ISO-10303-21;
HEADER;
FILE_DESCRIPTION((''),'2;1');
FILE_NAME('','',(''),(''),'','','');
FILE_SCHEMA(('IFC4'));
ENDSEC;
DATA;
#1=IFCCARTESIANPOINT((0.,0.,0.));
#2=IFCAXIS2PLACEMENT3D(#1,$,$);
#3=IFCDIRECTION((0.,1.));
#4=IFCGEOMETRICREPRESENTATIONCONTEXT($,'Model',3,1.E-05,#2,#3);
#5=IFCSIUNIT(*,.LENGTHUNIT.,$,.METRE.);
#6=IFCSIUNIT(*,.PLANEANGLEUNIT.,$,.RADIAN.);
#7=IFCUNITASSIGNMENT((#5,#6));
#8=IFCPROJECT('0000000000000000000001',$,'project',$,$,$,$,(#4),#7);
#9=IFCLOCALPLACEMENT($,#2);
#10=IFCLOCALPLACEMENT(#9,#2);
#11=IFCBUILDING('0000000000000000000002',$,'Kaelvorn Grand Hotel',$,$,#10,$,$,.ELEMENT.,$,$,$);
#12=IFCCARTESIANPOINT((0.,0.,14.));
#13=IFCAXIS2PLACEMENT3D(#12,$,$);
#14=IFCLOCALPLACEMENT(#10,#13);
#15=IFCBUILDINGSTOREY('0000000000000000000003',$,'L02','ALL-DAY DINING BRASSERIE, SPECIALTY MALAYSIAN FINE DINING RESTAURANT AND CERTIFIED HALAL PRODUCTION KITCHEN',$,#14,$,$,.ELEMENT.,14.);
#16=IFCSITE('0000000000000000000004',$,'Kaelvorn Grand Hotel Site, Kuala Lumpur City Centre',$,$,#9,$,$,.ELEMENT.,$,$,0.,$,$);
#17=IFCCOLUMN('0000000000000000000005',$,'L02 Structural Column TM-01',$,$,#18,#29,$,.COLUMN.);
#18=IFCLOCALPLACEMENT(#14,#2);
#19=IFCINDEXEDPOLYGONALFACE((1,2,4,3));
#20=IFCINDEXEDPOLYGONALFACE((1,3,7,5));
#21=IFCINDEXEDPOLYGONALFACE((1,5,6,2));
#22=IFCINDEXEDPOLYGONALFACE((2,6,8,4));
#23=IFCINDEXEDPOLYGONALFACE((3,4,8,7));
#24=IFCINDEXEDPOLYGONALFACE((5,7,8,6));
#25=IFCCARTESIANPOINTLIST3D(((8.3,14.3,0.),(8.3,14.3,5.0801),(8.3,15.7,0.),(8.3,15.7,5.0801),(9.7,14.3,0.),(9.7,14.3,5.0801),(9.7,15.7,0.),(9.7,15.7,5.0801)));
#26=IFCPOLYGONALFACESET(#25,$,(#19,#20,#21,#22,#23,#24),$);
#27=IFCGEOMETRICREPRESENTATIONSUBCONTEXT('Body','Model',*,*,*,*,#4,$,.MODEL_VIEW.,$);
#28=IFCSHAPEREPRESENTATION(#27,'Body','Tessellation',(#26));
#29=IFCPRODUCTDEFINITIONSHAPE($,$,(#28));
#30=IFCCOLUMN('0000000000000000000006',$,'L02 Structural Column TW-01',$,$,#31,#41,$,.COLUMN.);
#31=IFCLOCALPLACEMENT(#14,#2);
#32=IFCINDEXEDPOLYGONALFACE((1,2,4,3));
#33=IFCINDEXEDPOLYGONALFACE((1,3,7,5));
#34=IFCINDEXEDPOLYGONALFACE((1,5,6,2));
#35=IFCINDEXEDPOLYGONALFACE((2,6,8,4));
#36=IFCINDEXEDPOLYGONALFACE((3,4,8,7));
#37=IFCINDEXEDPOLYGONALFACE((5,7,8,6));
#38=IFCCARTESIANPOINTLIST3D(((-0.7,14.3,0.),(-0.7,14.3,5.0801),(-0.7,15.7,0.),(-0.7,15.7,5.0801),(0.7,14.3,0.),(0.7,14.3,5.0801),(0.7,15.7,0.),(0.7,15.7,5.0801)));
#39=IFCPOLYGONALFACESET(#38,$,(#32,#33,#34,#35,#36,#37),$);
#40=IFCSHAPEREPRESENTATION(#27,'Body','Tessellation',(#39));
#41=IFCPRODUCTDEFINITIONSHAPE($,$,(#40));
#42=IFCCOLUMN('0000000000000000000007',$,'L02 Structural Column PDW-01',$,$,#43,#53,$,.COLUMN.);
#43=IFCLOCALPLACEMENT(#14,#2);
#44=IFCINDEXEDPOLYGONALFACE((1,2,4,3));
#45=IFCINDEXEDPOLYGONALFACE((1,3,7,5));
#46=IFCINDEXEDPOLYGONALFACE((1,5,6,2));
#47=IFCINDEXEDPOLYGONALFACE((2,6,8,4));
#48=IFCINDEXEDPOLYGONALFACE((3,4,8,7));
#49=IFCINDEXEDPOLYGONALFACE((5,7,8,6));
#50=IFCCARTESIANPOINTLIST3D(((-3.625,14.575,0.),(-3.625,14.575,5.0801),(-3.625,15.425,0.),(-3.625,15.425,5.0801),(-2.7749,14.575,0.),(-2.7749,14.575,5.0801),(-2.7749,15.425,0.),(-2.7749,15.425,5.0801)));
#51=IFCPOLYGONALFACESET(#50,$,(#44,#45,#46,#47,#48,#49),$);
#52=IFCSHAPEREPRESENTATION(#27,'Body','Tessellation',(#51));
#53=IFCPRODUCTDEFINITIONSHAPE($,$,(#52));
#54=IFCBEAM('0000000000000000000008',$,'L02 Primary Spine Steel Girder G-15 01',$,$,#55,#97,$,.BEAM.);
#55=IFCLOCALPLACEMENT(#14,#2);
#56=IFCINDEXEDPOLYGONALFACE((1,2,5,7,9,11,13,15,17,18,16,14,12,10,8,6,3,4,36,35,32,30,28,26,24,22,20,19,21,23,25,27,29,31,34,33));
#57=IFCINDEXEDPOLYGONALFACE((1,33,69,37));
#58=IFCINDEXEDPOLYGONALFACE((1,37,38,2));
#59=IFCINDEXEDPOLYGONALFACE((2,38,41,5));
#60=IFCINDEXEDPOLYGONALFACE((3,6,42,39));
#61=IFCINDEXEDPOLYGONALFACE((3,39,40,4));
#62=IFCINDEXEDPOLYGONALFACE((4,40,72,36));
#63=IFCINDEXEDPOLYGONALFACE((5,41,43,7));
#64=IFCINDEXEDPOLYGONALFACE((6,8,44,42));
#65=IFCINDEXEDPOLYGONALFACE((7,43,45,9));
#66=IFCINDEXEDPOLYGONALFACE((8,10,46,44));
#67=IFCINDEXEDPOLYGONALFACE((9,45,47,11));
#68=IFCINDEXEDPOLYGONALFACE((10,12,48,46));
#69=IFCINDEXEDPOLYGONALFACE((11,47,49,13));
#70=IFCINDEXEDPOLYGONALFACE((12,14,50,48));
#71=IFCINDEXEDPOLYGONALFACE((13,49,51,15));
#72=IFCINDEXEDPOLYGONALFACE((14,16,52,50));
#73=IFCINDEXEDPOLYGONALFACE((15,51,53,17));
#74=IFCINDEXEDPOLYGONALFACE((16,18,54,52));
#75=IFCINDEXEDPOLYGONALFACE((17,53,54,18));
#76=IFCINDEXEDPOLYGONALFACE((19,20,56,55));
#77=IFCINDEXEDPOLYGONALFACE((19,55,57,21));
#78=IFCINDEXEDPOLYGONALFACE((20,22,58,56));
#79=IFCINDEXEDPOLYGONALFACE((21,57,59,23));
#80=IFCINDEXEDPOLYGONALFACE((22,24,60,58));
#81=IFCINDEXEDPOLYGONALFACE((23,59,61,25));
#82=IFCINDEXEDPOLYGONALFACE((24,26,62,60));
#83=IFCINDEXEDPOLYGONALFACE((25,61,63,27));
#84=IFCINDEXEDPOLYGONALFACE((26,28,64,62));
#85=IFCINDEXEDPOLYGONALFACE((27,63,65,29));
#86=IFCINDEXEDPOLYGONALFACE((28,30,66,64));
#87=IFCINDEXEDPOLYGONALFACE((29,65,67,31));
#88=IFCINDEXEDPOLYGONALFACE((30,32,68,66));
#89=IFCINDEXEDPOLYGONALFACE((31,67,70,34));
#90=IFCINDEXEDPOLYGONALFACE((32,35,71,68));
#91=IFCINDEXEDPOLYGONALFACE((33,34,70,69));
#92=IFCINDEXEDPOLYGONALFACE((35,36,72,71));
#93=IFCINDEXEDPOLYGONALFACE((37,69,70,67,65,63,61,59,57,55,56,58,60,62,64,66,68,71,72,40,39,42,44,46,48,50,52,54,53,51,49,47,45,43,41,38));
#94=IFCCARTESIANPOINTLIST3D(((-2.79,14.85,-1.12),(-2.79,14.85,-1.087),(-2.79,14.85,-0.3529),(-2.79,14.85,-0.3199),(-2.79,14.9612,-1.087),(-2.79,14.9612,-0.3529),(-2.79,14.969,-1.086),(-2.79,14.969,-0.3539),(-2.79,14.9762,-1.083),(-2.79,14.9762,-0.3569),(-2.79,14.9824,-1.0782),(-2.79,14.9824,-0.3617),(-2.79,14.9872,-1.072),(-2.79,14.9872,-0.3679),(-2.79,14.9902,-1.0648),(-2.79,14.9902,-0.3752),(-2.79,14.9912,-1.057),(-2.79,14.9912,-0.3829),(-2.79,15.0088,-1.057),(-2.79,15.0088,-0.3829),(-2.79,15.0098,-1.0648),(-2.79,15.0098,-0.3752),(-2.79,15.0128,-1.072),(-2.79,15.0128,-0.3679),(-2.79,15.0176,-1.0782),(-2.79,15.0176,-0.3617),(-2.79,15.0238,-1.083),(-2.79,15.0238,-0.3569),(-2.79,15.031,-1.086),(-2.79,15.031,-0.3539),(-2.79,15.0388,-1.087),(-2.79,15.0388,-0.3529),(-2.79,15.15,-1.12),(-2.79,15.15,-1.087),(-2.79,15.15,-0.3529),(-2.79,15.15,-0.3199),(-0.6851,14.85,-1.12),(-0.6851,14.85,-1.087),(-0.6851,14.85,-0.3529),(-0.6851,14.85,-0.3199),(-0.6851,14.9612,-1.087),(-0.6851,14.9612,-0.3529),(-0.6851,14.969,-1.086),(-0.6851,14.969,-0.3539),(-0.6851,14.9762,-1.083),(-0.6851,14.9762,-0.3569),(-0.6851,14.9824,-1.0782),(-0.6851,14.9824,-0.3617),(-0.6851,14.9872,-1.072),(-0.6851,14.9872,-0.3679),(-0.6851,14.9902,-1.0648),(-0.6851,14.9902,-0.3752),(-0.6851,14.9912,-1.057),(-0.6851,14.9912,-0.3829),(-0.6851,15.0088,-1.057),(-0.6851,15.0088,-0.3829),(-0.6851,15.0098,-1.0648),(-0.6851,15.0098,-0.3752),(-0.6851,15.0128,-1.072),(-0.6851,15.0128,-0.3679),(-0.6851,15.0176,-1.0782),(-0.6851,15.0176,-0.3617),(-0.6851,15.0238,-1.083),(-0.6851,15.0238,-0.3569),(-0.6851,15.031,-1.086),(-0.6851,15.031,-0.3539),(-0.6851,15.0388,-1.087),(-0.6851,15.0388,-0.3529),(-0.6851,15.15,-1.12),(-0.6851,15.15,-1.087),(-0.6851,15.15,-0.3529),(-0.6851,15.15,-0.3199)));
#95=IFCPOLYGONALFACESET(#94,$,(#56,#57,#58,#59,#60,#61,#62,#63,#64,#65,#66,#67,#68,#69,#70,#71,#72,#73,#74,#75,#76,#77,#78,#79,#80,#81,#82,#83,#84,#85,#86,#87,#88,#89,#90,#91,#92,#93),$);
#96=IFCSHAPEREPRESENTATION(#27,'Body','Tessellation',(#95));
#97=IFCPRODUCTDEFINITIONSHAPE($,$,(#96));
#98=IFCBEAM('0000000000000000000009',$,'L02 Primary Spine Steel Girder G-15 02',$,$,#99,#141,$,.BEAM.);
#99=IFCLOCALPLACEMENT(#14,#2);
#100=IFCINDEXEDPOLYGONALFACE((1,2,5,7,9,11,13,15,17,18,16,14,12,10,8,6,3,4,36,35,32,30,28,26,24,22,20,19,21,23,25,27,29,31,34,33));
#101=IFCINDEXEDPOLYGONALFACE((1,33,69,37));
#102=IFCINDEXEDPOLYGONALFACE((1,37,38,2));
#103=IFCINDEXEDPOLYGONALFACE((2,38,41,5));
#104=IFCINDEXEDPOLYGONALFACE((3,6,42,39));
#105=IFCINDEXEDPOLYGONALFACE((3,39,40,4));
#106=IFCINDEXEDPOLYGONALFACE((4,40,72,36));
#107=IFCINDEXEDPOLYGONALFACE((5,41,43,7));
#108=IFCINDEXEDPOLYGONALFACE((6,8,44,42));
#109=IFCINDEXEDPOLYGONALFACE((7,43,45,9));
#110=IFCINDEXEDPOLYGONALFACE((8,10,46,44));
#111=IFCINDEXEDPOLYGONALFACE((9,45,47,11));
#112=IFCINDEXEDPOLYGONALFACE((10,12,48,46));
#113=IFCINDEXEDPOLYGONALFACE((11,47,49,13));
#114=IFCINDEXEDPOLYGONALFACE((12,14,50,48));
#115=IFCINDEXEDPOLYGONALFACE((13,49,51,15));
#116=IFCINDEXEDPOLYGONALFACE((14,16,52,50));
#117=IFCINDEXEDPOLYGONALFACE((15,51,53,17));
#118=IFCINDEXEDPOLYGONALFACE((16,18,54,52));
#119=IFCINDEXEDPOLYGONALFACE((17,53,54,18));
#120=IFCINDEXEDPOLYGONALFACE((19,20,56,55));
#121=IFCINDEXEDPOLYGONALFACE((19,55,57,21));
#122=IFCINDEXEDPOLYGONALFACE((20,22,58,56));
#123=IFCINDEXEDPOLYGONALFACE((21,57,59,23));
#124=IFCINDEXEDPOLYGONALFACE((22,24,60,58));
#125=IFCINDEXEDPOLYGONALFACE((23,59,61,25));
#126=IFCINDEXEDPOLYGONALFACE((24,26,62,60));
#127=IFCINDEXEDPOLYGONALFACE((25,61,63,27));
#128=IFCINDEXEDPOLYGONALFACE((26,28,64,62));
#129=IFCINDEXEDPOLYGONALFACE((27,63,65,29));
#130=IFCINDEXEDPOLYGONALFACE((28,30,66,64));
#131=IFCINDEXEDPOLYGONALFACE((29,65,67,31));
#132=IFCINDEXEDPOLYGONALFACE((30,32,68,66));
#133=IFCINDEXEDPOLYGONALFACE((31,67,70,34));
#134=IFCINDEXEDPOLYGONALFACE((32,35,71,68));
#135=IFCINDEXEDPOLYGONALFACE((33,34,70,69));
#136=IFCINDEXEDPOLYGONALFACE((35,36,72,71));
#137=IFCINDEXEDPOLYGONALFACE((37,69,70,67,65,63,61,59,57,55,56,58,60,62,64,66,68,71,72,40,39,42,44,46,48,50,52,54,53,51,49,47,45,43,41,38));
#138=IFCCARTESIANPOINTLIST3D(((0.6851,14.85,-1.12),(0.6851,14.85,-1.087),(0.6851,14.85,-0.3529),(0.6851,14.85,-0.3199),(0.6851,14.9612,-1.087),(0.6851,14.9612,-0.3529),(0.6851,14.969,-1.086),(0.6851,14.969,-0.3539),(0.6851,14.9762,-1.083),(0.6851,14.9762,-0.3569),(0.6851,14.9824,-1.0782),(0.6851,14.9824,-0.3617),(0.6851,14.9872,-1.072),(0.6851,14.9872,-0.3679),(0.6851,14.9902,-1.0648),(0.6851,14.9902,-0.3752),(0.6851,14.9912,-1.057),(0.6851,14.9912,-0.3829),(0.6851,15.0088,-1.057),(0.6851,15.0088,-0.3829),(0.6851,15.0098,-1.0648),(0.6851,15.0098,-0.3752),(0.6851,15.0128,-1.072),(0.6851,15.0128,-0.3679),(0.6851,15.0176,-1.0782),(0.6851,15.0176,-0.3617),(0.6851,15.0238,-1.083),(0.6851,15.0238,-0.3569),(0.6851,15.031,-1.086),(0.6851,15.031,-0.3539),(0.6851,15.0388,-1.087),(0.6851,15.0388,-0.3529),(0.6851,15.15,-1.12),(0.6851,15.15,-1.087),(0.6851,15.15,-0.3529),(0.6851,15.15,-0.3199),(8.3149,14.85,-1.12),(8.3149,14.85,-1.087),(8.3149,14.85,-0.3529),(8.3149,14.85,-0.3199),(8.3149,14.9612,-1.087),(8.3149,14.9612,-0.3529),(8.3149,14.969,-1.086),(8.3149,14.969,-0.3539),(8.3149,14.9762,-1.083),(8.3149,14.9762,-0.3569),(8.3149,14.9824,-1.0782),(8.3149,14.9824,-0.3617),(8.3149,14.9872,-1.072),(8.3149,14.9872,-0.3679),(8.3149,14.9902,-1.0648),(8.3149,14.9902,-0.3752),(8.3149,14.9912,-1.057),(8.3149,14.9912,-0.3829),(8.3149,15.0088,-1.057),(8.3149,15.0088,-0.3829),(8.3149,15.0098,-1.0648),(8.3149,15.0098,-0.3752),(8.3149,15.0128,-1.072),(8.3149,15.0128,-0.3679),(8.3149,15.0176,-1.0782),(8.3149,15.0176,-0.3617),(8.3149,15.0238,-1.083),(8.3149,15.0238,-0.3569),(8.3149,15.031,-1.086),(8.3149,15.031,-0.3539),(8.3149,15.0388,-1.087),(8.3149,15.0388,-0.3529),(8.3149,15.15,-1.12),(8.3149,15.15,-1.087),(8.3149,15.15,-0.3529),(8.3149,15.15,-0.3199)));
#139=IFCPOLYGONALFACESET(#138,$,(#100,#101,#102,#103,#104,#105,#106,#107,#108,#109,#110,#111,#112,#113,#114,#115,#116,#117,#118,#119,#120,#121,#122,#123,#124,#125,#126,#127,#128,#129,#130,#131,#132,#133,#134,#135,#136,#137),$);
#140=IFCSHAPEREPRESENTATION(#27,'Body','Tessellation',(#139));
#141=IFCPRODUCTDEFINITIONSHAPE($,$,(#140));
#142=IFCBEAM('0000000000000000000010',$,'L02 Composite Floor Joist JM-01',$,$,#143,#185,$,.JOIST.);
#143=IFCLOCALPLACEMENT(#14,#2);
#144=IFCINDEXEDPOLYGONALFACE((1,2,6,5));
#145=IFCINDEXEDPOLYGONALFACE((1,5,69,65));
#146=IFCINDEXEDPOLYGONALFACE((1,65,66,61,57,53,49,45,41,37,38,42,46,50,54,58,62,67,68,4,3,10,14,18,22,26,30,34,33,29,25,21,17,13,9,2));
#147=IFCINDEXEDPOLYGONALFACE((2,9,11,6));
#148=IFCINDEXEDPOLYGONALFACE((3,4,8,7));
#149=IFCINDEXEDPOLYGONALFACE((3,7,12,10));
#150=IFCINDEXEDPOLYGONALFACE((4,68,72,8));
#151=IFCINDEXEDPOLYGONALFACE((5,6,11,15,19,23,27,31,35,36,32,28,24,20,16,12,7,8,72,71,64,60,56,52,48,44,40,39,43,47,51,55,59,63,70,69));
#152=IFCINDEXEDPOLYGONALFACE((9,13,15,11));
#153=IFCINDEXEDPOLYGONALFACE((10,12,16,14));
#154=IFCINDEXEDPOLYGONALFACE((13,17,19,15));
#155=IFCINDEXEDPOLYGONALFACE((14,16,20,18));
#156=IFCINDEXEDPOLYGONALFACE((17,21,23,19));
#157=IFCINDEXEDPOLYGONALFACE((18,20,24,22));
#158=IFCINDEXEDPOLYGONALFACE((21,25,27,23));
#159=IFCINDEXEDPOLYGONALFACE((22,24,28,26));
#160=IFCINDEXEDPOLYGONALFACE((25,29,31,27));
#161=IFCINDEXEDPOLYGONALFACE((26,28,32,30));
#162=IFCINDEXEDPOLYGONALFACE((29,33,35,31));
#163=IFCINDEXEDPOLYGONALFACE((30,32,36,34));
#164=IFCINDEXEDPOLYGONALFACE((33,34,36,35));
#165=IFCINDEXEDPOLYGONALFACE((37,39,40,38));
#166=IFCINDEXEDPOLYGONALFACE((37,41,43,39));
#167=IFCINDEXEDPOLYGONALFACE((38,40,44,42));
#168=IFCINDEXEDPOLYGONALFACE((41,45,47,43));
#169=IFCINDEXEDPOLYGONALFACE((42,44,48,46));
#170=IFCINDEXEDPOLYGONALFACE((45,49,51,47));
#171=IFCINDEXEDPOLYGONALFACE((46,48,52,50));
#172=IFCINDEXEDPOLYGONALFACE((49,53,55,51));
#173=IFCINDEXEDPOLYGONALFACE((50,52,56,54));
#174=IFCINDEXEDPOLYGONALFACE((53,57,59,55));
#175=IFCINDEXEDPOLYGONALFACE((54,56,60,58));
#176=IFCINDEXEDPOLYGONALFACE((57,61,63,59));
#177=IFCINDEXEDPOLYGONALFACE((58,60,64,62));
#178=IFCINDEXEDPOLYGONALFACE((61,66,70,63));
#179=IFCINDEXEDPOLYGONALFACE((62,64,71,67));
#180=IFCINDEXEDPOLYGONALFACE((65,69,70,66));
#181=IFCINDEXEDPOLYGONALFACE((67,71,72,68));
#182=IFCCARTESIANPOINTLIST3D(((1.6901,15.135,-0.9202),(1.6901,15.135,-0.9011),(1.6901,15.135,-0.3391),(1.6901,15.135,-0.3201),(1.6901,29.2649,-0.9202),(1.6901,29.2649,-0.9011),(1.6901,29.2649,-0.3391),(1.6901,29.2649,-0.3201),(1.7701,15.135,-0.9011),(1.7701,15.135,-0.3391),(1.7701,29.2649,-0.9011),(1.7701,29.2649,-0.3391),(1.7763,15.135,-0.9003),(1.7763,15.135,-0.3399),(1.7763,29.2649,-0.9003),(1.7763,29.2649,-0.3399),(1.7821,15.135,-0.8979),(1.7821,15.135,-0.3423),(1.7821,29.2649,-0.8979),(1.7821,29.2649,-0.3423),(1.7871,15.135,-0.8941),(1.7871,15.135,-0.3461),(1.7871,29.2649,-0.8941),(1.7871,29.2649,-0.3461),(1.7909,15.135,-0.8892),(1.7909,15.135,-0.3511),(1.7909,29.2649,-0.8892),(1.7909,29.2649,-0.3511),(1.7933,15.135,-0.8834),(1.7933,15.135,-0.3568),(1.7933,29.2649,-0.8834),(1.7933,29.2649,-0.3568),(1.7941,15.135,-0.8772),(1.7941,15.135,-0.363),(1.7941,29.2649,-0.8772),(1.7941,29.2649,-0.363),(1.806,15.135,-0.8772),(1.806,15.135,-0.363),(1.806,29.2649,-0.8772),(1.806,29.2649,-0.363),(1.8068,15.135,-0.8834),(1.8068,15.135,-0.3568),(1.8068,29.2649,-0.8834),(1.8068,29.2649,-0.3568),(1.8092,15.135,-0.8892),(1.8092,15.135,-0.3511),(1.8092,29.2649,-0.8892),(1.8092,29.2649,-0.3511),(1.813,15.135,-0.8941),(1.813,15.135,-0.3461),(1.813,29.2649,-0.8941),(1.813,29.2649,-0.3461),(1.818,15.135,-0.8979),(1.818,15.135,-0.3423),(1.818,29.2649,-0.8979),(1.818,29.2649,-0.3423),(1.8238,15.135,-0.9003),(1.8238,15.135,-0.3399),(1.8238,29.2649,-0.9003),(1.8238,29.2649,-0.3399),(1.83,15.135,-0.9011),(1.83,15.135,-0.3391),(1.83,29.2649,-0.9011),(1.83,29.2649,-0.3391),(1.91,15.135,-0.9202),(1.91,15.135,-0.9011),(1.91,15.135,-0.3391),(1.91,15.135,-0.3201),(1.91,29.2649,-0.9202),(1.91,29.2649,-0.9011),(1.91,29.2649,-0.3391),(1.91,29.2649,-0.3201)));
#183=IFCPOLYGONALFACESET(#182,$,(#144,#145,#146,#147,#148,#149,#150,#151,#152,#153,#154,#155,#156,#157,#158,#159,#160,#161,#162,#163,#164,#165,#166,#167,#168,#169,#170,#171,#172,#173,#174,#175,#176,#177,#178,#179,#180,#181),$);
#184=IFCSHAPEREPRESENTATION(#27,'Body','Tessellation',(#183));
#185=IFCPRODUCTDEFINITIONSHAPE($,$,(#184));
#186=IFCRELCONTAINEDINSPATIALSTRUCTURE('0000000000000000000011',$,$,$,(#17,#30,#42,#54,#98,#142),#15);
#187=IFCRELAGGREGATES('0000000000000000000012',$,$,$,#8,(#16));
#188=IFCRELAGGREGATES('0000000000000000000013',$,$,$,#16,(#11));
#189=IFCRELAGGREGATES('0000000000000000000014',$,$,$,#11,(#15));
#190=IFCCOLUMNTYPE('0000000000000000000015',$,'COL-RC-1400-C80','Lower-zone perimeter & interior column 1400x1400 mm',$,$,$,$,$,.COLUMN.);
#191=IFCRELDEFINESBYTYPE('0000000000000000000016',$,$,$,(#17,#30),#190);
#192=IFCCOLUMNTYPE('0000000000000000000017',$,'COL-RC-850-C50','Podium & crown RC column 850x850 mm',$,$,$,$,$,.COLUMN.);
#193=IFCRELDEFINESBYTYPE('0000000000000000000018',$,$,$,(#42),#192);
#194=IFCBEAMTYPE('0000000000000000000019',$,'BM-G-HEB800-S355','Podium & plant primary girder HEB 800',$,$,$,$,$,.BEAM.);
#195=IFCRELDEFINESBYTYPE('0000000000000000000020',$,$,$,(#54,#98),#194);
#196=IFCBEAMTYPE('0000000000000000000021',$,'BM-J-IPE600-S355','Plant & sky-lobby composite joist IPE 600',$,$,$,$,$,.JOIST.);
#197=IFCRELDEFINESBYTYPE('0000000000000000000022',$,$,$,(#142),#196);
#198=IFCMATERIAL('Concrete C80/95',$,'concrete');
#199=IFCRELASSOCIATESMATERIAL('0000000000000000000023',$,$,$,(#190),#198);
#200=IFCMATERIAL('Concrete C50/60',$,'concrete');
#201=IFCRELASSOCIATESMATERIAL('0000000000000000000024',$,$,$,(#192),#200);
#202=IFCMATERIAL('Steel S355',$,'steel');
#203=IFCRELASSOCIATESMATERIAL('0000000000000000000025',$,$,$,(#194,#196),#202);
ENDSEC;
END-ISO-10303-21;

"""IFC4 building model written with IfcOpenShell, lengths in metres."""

from ifc_helpers import new_model, si_unit, direction, frame, origin, origin_2d, place, context, subcontext, project, spatial, rectangle, i_section, extrude, material, material_profile, profile_set, type_object, element, save


model = new_model("IFC4")

# Units and contexts
model_context = context("Model", 3, precision=1e-05, world=origin(), true_north=direction((0.0, 1.0)))
body_context = subcontext(model_context, "Body", "Model", "MODEL_VIEW")
ifc_project = project(units=[si_unit("LENGTHUNIT", "METRE"), si_unit("PLANEANGLEUNIT", "RADIAN")], contexts=[model_context])

# Site, building, storey
site_placement = place(None, origin())
site = spatial("IfcSite", under=ifc_project, at=site_placement, Name="Kaelvorn Grand Hotel Site, Kuala Lumpur City Centre", CompositionType="ELEMENT", RefElevation=0.0)
building_placement = place(site_placement, origin())
building = spatial("IfcBuilding", under=site, at=building_placement, Name="Kaelvorn Grand Hotel", CompositionType="ELEMENT")
storey_placement = place(building_placement, frame((0.0, 0.0, 14.0)))
storey = spatial("IfcBuildingStorey", under=building, at=storey_placement, Name="L02", Description="ALL-DAY DINING BRASSERIE, SPECIALTY MALAYSIAN FINE DINING RESTAURANT AND CERTIFIED HALAL PRODUCTION KITCHEN", CompositionType="ELEMENT", Elevation=14.0)

# Columns
ifc_material_1 = material(Name="Concrete C80/95", Category="concrete")
ifc_material_profile_1 = material_profile(ifc_material_1, rectangle(XDim=1.3999, YDim=1.3999, at=origin_2d()), Name="RC COL 1400x1400")
ifc_profile_set_1 = profile_set([ifc_material_profile_1], Name="Concrete C80/95")
column_type_1 = type_object("IfcColumnType", Name="COL-RC-1400-C80", Description="Lower-zone perimeter & interior column 1400x1400 mm", PredefinedType="COLUMN", material=ifc_profile_set_1)
for number, where, z_axis, x_axis, name in (
    (1, (9.0, 15.0, 0.0), (0.0, 0.0, 1.0), (1.0, 0.0, 0.0), "L02 Structural Column TM-01"),
    (2, (0.0, 15.0, 0.0), (0.0, 0.0, 1.0), (1.0, 0.0, 0.0), "L02 Structural Column TW-01"),
):
    element("IfcColumn", number, at=place(storey_placement, frame(where, z_axis=z_axis, x_axis=x_axis)), inside=storey, type_object=column_type_1, Name=name, PredefinedType="COLUMN", context=body_context, shape_type="SweptSolid", body=[
        extrude(rectangle(XDim=1.3999, YDim=1.3999, at=origin_2d()), origin(), (0.0, 0.0, 1.0), 5.0801),
    ])
ifc_material_2 = material(Name="Concrete C50/60", Category="concrete")
ifc_material_profile_2 = material_profile(ifc_material_2, rectangle(XDim=0.8501, YDim=0.8501, at=origin_2d()), Name="RC COL 850x850")
ifc_profile_set_2 = profile_set([ifc_material_profile_2], Name="Concrete C50/60")
column_type_2 = type_object("IfcColumnType", Name="COL-RC-850-C50", Description="Podium & crown RC column 850x850 mm", PredefinedType="COLUMN", material=ifc_profile_set_2)
column_placement = place(storey_placement, frame((-3.2, 15.0, 0.0), z_axis=(0.0, 0.0, 1.0), x_axis=(1.0, 0.0, 0.0)))
element("IfcColumn", 3, at=column_placement, inside=storey, type_object=column_type_2, Name="L02 Structural Column PDW-01", PredefinedType="COLUMN", context=body_context, shape_type="SweptSolid", body=[
    extrude(rectangle(XDim=0.8501, YDim=0.8501, at=origin_2d()), origin(), (0.0, 0.0, 1.0), 5.0801),
])

# Beams
ifc_material_3 = material(Name="Steel S355", Category="steel")
ifc_material_profile_3 = material_profile(ifc_material_3, i_section(OverallWidth=0.3, OverallDepth=0.8, WebThickness=0.0176, FlangeThickness=0.033, FilletRadius=0.03, at=origin_2d()), Name="HEB 800")
ifc_profile_set_3 = profile_set([ifc_material_profile_3], Name="Steel S355")
beam_type_1 = type_object("IfcBeamType", Name="BM-G-HEB800-S355", Description="Podium & plant primary girder HEB 800", PredefinedType="BEAM", material=ifc_profile_set_3)
beam_1_placement = place(storey_placement, frame((-2.79, 15.0, -0.72), z_axis=(1.0, 0.0, 0.0), x_axis=(0.0, 1.0, 0.0)))
element("IfcBeam", 4, at=beam_1_placement, inside=storey, type_object=beam_type_1, Name="L02 Primary Spine Steel Girder G-15 01", PredefinedType="BEAM", context=body_context, shape_type="SweptSolid", body=[
    extrude(i_section(OverallWidth=0.3, OverallDepth=0.8, WebThickness=0.0176, FlangeThickness=0.033, FilletRadius=0.03, at=origin_2d()), origin(), (0.0, 0.0, 1.0), 2.105),
])
beam_2_placement = place(storey_placement, frame((0.6851, 15.0, -0.72), z_axis=(1.0, 0.0, 0.0), x_axis=(0.0, 1.0, 0.0)))
element("IfcBeam", 5, at=beam_2_placement, inside=storey, type_object=beam_type_1, Name="L02 Primary Spine Steel Girder G-15 02", PredefinedType="BEAM", context=body_context, shape_type="SweptSolid", body=[
    extrude(i_section(OverallWidth=0.3, OverallDepth=0.8, WebThickness=0.0176, FlangeThickness=0.033, FilletRadius=0.03, at=origin_2d()), origin(), (0.0, 0.0, 1.0), 7.6299),
])
ifc_material_profile_4 = material_profile(ifc_material_3, i_section(OverallWidth=0.22, OverallDepth=0.6001, WebThickness=0.012, FlangeThickness=0.019, FilletRadius=0.0239, at=origin_2d()), Name="IPE 600")
ifc_profile_set_4 = profile_set([ifc_material_profile_4], Name="Steel S355")
beam_type_2 = type_object("IfcBeamType", Name="BM-J-IPE600-S355", Description="Plant & sky-lobby composite joist IPE 600", PredefinedType="JOIST", material=ifc_profile_set_4)
for number, where, z_axis, x_axis, name in (
    (6, (1.8, 15.135, -0.6201), (0.0, 1.0, 0.0), (-1.0, 0.0, 0.0), "L02 Composite Floor Joist JM-01"),
):
    element("IfcBeam", number, at=place(storey_placement, frame(where, z_axis=z_axis, x_axis=x_axis)), inside=storey, type_object=beam_type_2, Name=name, PredefinedType="JOIST", context=body_context, shape_type="SweptSolid", body=[
        extrude(i_section(OverallWidth=0.22, OverallDepth=0.6001, WebThickness=0.012, FlangeThickness=0.019, FilletRadius=0.0239, at=origin_2d()), origin(), (0.0, 0.0, 1.0), 14.1299),
    ])

save(model, "model.ifc")
